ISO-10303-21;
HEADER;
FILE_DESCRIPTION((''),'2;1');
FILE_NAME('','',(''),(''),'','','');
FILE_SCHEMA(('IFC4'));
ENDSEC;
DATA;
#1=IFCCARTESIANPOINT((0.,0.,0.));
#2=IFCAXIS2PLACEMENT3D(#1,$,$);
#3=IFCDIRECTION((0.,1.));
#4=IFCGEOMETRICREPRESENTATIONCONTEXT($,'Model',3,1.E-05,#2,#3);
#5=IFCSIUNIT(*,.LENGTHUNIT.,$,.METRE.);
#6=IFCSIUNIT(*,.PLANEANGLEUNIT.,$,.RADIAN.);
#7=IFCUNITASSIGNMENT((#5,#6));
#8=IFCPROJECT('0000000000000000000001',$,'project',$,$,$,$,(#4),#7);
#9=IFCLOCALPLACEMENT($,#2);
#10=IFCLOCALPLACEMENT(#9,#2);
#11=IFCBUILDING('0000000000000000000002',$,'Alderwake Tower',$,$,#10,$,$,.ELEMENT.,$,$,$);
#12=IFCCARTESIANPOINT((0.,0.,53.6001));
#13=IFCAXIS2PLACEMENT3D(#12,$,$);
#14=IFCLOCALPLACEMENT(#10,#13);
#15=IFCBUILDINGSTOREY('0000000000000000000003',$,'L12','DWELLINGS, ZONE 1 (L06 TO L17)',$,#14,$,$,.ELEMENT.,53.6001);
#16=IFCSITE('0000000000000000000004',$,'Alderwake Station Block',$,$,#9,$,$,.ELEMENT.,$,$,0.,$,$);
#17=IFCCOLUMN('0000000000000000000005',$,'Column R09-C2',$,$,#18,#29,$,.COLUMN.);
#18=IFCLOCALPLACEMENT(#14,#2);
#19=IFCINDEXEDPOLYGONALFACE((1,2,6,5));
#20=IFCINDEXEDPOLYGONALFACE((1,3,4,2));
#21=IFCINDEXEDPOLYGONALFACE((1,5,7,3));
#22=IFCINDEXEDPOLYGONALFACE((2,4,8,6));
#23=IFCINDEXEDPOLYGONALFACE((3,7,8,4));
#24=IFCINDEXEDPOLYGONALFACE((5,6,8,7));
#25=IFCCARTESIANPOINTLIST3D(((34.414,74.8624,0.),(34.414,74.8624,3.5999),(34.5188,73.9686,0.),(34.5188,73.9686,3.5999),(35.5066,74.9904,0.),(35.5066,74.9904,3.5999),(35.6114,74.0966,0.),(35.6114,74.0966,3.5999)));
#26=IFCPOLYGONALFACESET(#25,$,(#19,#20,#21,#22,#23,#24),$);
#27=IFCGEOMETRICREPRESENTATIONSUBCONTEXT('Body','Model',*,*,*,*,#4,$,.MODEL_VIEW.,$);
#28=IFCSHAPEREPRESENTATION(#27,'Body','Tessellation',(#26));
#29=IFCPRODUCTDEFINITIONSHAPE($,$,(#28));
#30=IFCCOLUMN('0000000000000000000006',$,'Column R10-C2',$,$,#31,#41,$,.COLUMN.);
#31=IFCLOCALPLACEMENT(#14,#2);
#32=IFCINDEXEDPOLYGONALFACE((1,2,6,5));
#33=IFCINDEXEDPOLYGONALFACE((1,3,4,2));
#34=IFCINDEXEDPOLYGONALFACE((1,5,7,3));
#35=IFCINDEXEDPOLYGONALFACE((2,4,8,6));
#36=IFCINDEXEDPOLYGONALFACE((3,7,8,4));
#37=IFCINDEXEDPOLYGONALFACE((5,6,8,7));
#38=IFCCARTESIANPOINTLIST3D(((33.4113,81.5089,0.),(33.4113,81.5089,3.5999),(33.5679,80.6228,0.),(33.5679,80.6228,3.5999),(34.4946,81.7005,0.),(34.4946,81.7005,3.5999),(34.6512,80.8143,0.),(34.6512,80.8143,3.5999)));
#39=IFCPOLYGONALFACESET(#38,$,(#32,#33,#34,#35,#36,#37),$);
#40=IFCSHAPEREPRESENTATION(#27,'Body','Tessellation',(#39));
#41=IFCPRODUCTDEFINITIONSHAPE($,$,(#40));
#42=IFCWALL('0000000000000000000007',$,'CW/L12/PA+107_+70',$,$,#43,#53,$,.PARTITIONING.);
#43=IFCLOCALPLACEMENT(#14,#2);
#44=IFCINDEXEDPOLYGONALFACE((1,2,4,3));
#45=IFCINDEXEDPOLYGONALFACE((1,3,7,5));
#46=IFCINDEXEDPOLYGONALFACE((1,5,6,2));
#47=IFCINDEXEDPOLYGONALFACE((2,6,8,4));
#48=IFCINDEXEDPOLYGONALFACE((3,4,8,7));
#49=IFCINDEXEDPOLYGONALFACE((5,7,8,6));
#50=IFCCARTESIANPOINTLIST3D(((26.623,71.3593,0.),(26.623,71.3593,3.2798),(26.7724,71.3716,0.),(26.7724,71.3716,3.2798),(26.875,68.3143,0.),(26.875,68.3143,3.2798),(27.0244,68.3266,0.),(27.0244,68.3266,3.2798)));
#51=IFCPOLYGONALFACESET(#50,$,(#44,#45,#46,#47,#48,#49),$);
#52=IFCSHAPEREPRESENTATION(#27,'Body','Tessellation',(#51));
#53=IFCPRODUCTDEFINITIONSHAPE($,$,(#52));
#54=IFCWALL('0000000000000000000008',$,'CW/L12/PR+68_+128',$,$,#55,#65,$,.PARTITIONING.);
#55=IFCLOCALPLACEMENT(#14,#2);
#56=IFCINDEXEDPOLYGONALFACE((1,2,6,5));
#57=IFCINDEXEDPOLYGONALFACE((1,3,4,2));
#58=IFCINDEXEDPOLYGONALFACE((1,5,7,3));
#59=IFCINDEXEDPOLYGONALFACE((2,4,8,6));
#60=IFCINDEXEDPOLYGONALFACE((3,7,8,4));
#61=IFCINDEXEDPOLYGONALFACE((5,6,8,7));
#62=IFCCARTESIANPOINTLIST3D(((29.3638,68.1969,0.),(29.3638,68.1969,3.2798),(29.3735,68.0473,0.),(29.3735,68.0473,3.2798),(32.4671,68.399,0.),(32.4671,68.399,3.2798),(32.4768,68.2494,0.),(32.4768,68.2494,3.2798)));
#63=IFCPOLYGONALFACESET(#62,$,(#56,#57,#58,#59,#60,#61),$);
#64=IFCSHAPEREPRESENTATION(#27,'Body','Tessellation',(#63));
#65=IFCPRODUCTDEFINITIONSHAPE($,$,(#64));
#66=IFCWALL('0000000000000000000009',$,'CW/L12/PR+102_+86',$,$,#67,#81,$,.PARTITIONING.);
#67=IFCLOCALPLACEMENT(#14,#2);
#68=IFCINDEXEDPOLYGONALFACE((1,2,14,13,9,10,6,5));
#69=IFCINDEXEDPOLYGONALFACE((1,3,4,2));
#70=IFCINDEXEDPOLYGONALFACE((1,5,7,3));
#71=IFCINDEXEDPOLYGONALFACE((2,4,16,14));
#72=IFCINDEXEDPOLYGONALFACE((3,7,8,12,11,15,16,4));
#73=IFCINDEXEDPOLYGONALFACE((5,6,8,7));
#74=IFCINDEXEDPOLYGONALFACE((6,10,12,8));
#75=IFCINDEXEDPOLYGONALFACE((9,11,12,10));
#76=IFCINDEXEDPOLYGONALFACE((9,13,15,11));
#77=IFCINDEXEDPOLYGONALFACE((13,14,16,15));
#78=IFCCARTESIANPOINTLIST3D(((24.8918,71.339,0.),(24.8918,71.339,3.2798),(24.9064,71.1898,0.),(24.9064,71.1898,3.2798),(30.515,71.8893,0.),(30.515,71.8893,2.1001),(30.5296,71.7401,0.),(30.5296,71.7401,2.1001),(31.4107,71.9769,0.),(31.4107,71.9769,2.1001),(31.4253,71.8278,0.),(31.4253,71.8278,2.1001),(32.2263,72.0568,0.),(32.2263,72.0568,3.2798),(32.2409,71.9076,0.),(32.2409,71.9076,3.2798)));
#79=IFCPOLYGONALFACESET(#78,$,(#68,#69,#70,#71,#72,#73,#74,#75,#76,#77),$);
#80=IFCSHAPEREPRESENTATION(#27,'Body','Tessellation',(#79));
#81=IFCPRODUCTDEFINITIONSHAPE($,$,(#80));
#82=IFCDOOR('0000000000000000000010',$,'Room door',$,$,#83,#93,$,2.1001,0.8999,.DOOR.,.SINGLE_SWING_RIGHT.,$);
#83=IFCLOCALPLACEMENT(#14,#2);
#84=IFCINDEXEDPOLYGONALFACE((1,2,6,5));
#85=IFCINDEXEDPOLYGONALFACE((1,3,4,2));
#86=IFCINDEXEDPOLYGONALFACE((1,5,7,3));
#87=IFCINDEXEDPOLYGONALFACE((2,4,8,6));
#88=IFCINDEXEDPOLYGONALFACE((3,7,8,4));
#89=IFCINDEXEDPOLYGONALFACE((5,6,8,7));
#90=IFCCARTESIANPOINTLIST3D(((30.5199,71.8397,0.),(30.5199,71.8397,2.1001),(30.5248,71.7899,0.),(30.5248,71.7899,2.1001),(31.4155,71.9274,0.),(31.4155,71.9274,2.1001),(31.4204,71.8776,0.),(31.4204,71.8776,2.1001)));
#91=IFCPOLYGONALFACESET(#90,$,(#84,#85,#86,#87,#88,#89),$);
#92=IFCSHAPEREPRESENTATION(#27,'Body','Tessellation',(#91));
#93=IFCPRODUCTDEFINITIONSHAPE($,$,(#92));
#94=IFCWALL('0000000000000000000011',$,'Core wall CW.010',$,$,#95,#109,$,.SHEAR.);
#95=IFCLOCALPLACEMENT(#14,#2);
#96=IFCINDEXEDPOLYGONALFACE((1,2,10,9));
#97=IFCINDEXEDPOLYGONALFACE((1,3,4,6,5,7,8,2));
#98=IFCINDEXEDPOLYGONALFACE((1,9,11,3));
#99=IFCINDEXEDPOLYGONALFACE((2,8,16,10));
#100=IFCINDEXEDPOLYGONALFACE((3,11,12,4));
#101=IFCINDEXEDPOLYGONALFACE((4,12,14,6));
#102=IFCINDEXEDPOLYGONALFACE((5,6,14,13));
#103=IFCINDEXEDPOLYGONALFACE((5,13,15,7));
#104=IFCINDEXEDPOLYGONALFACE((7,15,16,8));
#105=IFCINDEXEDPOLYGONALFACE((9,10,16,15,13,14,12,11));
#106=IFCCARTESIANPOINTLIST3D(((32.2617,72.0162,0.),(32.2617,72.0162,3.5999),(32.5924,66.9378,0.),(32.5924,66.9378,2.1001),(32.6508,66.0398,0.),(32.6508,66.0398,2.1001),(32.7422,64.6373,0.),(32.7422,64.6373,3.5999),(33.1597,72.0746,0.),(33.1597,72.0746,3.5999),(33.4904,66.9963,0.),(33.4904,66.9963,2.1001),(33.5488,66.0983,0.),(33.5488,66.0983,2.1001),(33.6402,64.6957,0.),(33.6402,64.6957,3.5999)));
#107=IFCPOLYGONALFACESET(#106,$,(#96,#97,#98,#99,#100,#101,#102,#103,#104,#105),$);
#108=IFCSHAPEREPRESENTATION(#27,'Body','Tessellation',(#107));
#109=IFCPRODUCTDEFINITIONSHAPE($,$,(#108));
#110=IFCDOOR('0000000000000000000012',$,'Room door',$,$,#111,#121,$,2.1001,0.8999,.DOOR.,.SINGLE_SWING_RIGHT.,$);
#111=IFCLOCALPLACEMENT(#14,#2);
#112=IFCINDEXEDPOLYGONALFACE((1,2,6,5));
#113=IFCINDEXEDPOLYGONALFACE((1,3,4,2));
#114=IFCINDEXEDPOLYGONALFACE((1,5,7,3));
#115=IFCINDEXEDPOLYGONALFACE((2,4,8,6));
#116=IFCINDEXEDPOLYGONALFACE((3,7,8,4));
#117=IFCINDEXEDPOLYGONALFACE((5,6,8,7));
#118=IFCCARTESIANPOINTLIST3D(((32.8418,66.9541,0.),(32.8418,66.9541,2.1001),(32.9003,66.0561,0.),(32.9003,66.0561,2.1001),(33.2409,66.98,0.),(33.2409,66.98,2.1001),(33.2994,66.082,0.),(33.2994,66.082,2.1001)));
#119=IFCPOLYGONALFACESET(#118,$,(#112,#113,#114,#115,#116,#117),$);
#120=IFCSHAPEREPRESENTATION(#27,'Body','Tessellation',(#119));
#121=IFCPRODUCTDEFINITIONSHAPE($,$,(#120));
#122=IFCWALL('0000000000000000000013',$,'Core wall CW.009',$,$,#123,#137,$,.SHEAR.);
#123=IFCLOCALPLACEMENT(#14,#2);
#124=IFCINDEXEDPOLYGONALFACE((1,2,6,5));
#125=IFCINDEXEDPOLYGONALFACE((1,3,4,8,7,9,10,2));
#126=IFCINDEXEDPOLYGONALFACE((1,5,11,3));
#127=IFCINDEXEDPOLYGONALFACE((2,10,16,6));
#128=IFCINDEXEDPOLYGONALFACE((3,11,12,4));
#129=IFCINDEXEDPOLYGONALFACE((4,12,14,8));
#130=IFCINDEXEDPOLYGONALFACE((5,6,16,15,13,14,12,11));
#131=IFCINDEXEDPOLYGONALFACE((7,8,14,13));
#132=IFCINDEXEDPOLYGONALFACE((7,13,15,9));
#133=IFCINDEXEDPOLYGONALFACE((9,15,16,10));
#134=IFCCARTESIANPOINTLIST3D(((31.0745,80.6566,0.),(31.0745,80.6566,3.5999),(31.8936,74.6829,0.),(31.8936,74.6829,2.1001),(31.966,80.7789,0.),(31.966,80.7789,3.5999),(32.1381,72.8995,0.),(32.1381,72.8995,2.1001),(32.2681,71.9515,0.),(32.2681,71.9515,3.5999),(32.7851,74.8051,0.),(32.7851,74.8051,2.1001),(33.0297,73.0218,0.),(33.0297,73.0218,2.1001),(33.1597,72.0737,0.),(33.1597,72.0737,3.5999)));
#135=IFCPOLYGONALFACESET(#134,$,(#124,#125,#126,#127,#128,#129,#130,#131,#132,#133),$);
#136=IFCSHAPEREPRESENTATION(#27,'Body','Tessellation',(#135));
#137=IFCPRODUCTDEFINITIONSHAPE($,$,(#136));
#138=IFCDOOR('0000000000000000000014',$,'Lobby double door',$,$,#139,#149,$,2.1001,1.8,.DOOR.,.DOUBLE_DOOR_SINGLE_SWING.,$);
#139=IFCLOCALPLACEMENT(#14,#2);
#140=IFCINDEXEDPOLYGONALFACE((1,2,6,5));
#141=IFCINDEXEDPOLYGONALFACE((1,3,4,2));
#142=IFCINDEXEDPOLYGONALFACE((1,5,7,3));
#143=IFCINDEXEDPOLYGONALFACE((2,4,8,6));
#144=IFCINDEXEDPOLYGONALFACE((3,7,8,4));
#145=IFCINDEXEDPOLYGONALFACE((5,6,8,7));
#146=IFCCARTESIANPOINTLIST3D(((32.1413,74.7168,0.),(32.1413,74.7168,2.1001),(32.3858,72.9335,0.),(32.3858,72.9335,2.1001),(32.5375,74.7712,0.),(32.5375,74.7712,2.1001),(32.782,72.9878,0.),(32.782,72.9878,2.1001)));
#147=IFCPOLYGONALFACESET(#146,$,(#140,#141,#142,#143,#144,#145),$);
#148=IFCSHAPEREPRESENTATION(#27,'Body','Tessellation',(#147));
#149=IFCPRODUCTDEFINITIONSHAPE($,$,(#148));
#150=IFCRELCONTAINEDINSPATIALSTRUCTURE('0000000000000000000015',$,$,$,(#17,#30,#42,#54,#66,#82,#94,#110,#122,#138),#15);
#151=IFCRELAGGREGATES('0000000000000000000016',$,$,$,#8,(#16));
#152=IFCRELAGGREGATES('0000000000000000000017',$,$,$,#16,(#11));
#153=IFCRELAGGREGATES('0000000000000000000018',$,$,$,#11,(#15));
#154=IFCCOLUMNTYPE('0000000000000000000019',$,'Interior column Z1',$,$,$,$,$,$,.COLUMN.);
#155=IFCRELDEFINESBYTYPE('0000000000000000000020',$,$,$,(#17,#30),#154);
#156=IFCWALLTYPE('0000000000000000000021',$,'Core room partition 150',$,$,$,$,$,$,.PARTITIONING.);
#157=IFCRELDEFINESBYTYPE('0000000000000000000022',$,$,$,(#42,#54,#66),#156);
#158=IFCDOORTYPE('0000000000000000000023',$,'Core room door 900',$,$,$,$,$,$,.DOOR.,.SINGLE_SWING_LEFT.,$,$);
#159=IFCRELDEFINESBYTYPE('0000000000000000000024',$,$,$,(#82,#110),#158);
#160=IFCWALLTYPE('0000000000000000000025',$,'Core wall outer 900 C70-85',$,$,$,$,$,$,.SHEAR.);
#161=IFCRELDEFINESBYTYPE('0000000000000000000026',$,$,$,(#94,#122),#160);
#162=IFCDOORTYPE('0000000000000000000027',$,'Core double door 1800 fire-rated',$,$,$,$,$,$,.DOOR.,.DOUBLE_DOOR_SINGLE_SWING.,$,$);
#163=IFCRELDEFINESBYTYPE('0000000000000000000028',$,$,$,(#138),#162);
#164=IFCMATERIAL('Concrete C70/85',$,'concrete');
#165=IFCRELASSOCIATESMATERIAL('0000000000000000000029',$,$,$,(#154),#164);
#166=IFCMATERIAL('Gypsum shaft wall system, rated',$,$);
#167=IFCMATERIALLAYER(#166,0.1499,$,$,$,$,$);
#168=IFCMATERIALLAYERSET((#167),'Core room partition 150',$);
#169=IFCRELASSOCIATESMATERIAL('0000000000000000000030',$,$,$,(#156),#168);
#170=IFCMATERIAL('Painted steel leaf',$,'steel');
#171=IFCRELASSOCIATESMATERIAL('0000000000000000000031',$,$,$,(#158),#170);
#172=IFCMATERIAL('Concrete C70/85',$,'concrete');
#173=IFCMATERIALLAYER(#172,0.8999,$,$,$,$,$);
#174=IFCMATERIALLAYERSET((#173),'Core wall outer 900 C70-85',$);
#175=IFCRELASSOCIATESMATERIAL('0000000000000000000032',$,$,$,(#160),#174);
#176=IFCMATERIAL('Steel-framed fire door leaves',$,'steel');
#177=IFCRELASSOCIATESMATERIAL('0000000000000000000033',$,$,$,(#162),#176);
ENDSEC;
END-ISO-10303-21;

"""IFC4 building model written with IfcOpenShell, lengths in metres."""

from ifc_helpers import new_model, si_unit, direction, frame, frame_2d, origin, origin_2d, place, context, subcontext, project, spatial, rectangle, extrude, material, layer, layer_set, material_profile, profile_set, type_object, element, fill, save


model = new_model("IFC4")

# Units and contexts
model_context = context("Model", 3, precision=1e-05, world=origin(), true_north=direction((0.0, 1.0)))
body_context = subcontext(model_context, "Body", "Model", "MODEL_VIEW")
ifc_project = project(units=[si_unit("LENGTHUNIT", "METRE"), si_unit("PLANEANGLEUNIT", "RADIAN")], contexts=[model_context])

# Site, building, storey
site_placement = place(None, origin())
site = spatial("IfcSite", under=ifc_project, at=site_placement, Name="Alderwake Station Block", CompositionType="ELEMENT", RefElevation=0.0)
building_placement = place(site_placement, origin())
building = spatial("IfcBuilding", under=site, at=building_placement, Name="Alderwake Tower", CompositionType="ELEMENT")
storey_placement = place(building_placement, frame((0.0, 0.0, 53.6001)))
storey = spatial("IfcBuildingStorey", under=building, at=storey_placement, Name="L12", Description="DWELLINGS, ZONE 1 (L06 TO L17)", CompositionType="ELEMENT", Elevation=53.6001)

# Columns
ifc_material_1 = material(Name="Concrete C70/85", Category="concrete")
ifc_material_profile = material_profile(ifc_material_1, rectangle(XDim=0.8999, YDim=1.1001, at=origin_2d()), Name="RC 1100X900")
ifc_profile_set = profile_set([ifc_material_profile], Name="Concrete C70/85")
column_type = type_object("IfcColumnType", Name="Interior column Z1", PredefinedType="COLUMN", material=ifc_profile_set)
for number, where, z_axis, x_axis, name in (
    (1, (35.0127, 74.4795, 0.0), (0.0, 0.0, 1.0), (-0.116402, 0.993202, 0.0), "Column R09-C2"),
    (2, (34.0312, 81.1616, 0.0), (0.0, 0.0, 1.0), (-0.174109, 0.984726, 0.0), "Column R10-C2"),
):
    element("IfcColumn", number, at=place(storey_placement, frame(where, z_axis=z_axis, x_axis=x_axis)), inside=storey, type_object=column_type, Name=name, PredefinedType="COLUMN", context=body_context, shape_type="SweptSolid", body=[
        extrude(rectangle(XDim=0.8999, YDim=1.1001, at=origin_2d()), origin(), (0.0, 0.0, 1.0), 3.5999),
    ])

# Walls
ifc_material_2 = material(Name="Gypsum shaft wall system, rated")
ifc_layer_1 = layer(ifc_material_2, 0.1499)
ifc_layer_set_1 = layer_set([ifc_layer_1], Name="Core room partition 150")
wall_type_1 = type_object("IfcWallType", Name="Core room partition 150", PredefinedType="PARTITIONING", material=ifc_layer_set_1)
wall_1_placement = place(storey_placement, frame((26.9497, 68.3203, 0.0), z_axis=(0.0, 0.0, 1.0), x_axis=(-0.082464, 0.996594, 0.0)))
element("IfcWall", 3, at=wall_1_placement, inside=storey, type_object=wall_type_1, Name="CW/L12/PA+107_+70", PredefinedType="PARTITIONING", context=body_context, shape_type="SweptSolid", body=[
    extrude(rectangle(XDim=3.0554, YDim=0.1499, at=frame_2d((1.5278, 0.0))), origin(), (0.0, 0.0, 1.0), 3.2798),
])
wall_2_placement = place(storey_placement, frame((29.3687, 68.1221, 0.0), z_axis=(0.0, 0.0, 1.0), x_axis=(0.997885, 0.065003, 0.0)))
element("IfcWall", 4, at=wall_2_placement, inside=storey, type_object=wall_type_1, Name="CW/L12/PR+68_+128", PredefinedType="PARTITIONING", context=body_context, shape_type="SweptSolid", body=[
    extrude(rectangle(XDim=3.1099, YDim=0.1499, at=frame_2d((1.5549, 0.0))), origin(), (0.0, 0.0, 1.0), 3.2798),
])

# Walls, openings, doors
wall_3_placement = place(storey_placement, frame((32.2336, 71.9822, 0.0), z_axis=(0.0, 0.0, 1.0), x_axis=(-0.995246, -0.097398, 0.0)))
wall_3 = element("IfcWall", 5, at=wall_3_placement, inside=storey, type_object=wall_type_1, Name="CW/L12/PR+102_+86", PredefinedType="PARTITIONING", context=body_context, shape_type="SweptSolid", body=[
    extrude(rectangle(XDim=7.3696, YDim=0.1499, at=frame_2d((3.6848, 0.0))), origin(), (0.0, 0.0, 1.0), 3.2798),
])
opening_1_placement = place(wall_3_placement, frame((0.8196, 0.0, 0.0)))
opening_1 = element("IfcOpeningElement", 6, at=opening_1_placement, cuts=wall_3, PredefinedType="OPENING", context=body_context, shape_type="SweptSolid", body=[
    extrude(rectangle(XDim=0.8999, YDim=2.1001, at=frame_2d((0.45, 1.05))), frame((0.0, 0.085, 0.0), z_axis=(0.0, -1.0, 0.0), x_axis=(1.0, 0.0, 0.0)), (0.0, 0.0, 1.0), 0.1699),
])
ifc_material_3 = material(Name="Painted steel leaf", Category="steel")
door_type_1 = type_object("IfcDoorType", Name="Core room door 900", OperationType="SINGLE_SWING_LEFT", PredefinedType="DOOR", material=ifc_material_3)
door_1_placement = place(opening_1_placement, origin())
door_1 = element("IfcDoor", 7, at=door_1_placement, inside=storey, type_object=door_type_1, Name="Room door", OperationType="SINGLE_SWING_RIGHT", OverallHeight=2.1001, OverallWidth=0.8999, PredefinedType="DOOR", context=body_context, shape_type="SweptSolid", body=[
    extrude(rectangle(XDim=0.8999, YDim=2.1001, at=frame_2d((0.45, 1.05))), frame((0.0, 0.0249, 0.0), z_axis=(0.0, -1.0, 0.0), x_axis=(1.0, 0.0, 0.0)), (0.0, 0.0, 1.0), 0.05),
])
fill(opening_1, door_1)
ifc_material_4 = material(Name="Concrete C70/85", Category="concrete")
ifc_layer_2 = layer(ifc_material_4, 0.8999)
ifc_layer_set_2 = layer_set([ifc_layer_2], Name="Core wall outer 900 C70-85")
wall_type_2 = type_object("IfcWallType", Name="Core wall outer 900 C70-85", PredefinedType="SHEAR", material=ifc_layer_set_2)
wall_4_placement = place(storey_placement, frame((32.7107, 72.0454, 0.0), z_axis=(0.0, 0.0, 1.0), x_axis=(0.064976, -0.997887, 0.0)))
wall_4 = element("IfcWall", 8, at=wall_4_placement, inside=storey, type_object=wall_type_2, Name="Core wall CW.010", PredefinedType="SHEAR", context=body_context, shape_type="SweptSolid", body=[
    extrude(rectangle(XDim=7.3945, YDim=0.8999, at=frame_2d((3.6973, 0.0))), origin(), (0.0, 0.0, 1.0), 3.5999),
])
opening_2_placement = place(wall_4_placement, frame((5.0891, 0.0, 0.0)))
opening_2 = element("IfcOpeningElement", 9, at=opening_2_placement, cuts=wall_4, PredefinedType="OPENING", context=body_context, shape_type="SweptSolid", body=[
    extrude(rectangle(XDim=0.8999, YDim=2.1001, at=frame_2d((0.45, 1.05))), frame((0.0, 0.46, 0.0), z_axis=(0.0, -1.0, 0.0), x_axis=(1.0, 0.0, 0.0)), (0.0, 0.0, 1.0), 0.9199),
])
door_2_placement = place(opening_2_placement, origin())
door_2 = element("IfcDoor", 10, at=door_2_placement, inside=storey, type_object=door_type_1, Name="Room door", OperationType="SINGLE_SWING_RIGHT", OverallHeight=2.1001, OverallWidth=0.8999, PredefinedType="DOOR", context=body_context, shape_type="SweptSolid", body=[
    extrude(rectangle(XDim=0.8999, YDim=2.1001, at=frame_2d((0.45, 1.05))), frame((0.0, 0.2, 0.0), z_axis=(0.0, -1.0, 0.0), x_axis=(1.0, 0.0, 0.0)), (0.0, 0.0, 1.0), 0.3999),
])
fill(opening_2, door_2)
wall_5_placement = place(storey_placement, frame((31.5203, 80.7178, 0.0), z_axis=(0.0, 0.0, 1.0), x_axis=(0.135845, -0.99073, 0.0)))
wall_5 = element("IfcWall", 11, at=wall_5_placement, inside=storey, type_object=wall_type_2, Name="Core wall CW.009", PredefinedType="SHEAR", context=body_context, shape_type="SweptSolid", body=[
    extrude(rectangle(XDim=8.7866, YDim=0.8999, at=frame_2d((4.3933, 0.0))), origin(), (0.0, 0.0, 1.0), 3.5999),
])
opening_3_placement = place(wall_5_placement, frame((6.0298, 0.0, 0.0)))
opening_3 = element("IfcOpeningElement", 12, at=opening_3_placement, cuts=wall_5, PredefinedType="OPENING", context=body_context, shape_type="SweptSolid", body=[
    extrude(rectangle(XDim=1.8, YDim=2.1001, at=frame_2d((0.8999, 1.05))), frame((0.0, 0.46, 0.0), z_axis=(0.0, -1.0, 0.0), x_axis=(1.0, 0.0, 0.0)), (0.0, 0.0, 1.0), 0.9199),
])
ifc_material_5 = material(Name="Steel-framed fire door leaves", Category="steel")
door_type_2 = type_object("IfcDoorType", Name="Core double door 1800 fire-rated", OperationType="DOUBLE_DOOR_SINGLE_SWING", PredefinedType="DOOR", material=ifc_material_5)
door_3_placement = place(opening_3_placement, origin())
door_3 = element("IfcDoor", 13, at=door_3_placement, inside=storey, type_object=door_type_2, Name="Lobby double door", OperationType="DOUBLE_DOOR_SINGLE_SWING", OverallHeight=2.1001, OverallWidth=1.8, PredefinedType="DOOR", context=body_context, shape_type="SweptSolid", body=[
    extrude(rectangle(XDim=1.8, YDim=2.1001, at=frame_2d((0.8999, 1.05))), frame((0.0, 0.2, 0.0), z_axis=(0.0, -1.0, 0.0), x_axis=(1.0, 0.0, 0.0)), (0.0, 0.0, 1.0), 0.3999),
])
fill(opening_3, door_3)

save(model, "model.ifc")
